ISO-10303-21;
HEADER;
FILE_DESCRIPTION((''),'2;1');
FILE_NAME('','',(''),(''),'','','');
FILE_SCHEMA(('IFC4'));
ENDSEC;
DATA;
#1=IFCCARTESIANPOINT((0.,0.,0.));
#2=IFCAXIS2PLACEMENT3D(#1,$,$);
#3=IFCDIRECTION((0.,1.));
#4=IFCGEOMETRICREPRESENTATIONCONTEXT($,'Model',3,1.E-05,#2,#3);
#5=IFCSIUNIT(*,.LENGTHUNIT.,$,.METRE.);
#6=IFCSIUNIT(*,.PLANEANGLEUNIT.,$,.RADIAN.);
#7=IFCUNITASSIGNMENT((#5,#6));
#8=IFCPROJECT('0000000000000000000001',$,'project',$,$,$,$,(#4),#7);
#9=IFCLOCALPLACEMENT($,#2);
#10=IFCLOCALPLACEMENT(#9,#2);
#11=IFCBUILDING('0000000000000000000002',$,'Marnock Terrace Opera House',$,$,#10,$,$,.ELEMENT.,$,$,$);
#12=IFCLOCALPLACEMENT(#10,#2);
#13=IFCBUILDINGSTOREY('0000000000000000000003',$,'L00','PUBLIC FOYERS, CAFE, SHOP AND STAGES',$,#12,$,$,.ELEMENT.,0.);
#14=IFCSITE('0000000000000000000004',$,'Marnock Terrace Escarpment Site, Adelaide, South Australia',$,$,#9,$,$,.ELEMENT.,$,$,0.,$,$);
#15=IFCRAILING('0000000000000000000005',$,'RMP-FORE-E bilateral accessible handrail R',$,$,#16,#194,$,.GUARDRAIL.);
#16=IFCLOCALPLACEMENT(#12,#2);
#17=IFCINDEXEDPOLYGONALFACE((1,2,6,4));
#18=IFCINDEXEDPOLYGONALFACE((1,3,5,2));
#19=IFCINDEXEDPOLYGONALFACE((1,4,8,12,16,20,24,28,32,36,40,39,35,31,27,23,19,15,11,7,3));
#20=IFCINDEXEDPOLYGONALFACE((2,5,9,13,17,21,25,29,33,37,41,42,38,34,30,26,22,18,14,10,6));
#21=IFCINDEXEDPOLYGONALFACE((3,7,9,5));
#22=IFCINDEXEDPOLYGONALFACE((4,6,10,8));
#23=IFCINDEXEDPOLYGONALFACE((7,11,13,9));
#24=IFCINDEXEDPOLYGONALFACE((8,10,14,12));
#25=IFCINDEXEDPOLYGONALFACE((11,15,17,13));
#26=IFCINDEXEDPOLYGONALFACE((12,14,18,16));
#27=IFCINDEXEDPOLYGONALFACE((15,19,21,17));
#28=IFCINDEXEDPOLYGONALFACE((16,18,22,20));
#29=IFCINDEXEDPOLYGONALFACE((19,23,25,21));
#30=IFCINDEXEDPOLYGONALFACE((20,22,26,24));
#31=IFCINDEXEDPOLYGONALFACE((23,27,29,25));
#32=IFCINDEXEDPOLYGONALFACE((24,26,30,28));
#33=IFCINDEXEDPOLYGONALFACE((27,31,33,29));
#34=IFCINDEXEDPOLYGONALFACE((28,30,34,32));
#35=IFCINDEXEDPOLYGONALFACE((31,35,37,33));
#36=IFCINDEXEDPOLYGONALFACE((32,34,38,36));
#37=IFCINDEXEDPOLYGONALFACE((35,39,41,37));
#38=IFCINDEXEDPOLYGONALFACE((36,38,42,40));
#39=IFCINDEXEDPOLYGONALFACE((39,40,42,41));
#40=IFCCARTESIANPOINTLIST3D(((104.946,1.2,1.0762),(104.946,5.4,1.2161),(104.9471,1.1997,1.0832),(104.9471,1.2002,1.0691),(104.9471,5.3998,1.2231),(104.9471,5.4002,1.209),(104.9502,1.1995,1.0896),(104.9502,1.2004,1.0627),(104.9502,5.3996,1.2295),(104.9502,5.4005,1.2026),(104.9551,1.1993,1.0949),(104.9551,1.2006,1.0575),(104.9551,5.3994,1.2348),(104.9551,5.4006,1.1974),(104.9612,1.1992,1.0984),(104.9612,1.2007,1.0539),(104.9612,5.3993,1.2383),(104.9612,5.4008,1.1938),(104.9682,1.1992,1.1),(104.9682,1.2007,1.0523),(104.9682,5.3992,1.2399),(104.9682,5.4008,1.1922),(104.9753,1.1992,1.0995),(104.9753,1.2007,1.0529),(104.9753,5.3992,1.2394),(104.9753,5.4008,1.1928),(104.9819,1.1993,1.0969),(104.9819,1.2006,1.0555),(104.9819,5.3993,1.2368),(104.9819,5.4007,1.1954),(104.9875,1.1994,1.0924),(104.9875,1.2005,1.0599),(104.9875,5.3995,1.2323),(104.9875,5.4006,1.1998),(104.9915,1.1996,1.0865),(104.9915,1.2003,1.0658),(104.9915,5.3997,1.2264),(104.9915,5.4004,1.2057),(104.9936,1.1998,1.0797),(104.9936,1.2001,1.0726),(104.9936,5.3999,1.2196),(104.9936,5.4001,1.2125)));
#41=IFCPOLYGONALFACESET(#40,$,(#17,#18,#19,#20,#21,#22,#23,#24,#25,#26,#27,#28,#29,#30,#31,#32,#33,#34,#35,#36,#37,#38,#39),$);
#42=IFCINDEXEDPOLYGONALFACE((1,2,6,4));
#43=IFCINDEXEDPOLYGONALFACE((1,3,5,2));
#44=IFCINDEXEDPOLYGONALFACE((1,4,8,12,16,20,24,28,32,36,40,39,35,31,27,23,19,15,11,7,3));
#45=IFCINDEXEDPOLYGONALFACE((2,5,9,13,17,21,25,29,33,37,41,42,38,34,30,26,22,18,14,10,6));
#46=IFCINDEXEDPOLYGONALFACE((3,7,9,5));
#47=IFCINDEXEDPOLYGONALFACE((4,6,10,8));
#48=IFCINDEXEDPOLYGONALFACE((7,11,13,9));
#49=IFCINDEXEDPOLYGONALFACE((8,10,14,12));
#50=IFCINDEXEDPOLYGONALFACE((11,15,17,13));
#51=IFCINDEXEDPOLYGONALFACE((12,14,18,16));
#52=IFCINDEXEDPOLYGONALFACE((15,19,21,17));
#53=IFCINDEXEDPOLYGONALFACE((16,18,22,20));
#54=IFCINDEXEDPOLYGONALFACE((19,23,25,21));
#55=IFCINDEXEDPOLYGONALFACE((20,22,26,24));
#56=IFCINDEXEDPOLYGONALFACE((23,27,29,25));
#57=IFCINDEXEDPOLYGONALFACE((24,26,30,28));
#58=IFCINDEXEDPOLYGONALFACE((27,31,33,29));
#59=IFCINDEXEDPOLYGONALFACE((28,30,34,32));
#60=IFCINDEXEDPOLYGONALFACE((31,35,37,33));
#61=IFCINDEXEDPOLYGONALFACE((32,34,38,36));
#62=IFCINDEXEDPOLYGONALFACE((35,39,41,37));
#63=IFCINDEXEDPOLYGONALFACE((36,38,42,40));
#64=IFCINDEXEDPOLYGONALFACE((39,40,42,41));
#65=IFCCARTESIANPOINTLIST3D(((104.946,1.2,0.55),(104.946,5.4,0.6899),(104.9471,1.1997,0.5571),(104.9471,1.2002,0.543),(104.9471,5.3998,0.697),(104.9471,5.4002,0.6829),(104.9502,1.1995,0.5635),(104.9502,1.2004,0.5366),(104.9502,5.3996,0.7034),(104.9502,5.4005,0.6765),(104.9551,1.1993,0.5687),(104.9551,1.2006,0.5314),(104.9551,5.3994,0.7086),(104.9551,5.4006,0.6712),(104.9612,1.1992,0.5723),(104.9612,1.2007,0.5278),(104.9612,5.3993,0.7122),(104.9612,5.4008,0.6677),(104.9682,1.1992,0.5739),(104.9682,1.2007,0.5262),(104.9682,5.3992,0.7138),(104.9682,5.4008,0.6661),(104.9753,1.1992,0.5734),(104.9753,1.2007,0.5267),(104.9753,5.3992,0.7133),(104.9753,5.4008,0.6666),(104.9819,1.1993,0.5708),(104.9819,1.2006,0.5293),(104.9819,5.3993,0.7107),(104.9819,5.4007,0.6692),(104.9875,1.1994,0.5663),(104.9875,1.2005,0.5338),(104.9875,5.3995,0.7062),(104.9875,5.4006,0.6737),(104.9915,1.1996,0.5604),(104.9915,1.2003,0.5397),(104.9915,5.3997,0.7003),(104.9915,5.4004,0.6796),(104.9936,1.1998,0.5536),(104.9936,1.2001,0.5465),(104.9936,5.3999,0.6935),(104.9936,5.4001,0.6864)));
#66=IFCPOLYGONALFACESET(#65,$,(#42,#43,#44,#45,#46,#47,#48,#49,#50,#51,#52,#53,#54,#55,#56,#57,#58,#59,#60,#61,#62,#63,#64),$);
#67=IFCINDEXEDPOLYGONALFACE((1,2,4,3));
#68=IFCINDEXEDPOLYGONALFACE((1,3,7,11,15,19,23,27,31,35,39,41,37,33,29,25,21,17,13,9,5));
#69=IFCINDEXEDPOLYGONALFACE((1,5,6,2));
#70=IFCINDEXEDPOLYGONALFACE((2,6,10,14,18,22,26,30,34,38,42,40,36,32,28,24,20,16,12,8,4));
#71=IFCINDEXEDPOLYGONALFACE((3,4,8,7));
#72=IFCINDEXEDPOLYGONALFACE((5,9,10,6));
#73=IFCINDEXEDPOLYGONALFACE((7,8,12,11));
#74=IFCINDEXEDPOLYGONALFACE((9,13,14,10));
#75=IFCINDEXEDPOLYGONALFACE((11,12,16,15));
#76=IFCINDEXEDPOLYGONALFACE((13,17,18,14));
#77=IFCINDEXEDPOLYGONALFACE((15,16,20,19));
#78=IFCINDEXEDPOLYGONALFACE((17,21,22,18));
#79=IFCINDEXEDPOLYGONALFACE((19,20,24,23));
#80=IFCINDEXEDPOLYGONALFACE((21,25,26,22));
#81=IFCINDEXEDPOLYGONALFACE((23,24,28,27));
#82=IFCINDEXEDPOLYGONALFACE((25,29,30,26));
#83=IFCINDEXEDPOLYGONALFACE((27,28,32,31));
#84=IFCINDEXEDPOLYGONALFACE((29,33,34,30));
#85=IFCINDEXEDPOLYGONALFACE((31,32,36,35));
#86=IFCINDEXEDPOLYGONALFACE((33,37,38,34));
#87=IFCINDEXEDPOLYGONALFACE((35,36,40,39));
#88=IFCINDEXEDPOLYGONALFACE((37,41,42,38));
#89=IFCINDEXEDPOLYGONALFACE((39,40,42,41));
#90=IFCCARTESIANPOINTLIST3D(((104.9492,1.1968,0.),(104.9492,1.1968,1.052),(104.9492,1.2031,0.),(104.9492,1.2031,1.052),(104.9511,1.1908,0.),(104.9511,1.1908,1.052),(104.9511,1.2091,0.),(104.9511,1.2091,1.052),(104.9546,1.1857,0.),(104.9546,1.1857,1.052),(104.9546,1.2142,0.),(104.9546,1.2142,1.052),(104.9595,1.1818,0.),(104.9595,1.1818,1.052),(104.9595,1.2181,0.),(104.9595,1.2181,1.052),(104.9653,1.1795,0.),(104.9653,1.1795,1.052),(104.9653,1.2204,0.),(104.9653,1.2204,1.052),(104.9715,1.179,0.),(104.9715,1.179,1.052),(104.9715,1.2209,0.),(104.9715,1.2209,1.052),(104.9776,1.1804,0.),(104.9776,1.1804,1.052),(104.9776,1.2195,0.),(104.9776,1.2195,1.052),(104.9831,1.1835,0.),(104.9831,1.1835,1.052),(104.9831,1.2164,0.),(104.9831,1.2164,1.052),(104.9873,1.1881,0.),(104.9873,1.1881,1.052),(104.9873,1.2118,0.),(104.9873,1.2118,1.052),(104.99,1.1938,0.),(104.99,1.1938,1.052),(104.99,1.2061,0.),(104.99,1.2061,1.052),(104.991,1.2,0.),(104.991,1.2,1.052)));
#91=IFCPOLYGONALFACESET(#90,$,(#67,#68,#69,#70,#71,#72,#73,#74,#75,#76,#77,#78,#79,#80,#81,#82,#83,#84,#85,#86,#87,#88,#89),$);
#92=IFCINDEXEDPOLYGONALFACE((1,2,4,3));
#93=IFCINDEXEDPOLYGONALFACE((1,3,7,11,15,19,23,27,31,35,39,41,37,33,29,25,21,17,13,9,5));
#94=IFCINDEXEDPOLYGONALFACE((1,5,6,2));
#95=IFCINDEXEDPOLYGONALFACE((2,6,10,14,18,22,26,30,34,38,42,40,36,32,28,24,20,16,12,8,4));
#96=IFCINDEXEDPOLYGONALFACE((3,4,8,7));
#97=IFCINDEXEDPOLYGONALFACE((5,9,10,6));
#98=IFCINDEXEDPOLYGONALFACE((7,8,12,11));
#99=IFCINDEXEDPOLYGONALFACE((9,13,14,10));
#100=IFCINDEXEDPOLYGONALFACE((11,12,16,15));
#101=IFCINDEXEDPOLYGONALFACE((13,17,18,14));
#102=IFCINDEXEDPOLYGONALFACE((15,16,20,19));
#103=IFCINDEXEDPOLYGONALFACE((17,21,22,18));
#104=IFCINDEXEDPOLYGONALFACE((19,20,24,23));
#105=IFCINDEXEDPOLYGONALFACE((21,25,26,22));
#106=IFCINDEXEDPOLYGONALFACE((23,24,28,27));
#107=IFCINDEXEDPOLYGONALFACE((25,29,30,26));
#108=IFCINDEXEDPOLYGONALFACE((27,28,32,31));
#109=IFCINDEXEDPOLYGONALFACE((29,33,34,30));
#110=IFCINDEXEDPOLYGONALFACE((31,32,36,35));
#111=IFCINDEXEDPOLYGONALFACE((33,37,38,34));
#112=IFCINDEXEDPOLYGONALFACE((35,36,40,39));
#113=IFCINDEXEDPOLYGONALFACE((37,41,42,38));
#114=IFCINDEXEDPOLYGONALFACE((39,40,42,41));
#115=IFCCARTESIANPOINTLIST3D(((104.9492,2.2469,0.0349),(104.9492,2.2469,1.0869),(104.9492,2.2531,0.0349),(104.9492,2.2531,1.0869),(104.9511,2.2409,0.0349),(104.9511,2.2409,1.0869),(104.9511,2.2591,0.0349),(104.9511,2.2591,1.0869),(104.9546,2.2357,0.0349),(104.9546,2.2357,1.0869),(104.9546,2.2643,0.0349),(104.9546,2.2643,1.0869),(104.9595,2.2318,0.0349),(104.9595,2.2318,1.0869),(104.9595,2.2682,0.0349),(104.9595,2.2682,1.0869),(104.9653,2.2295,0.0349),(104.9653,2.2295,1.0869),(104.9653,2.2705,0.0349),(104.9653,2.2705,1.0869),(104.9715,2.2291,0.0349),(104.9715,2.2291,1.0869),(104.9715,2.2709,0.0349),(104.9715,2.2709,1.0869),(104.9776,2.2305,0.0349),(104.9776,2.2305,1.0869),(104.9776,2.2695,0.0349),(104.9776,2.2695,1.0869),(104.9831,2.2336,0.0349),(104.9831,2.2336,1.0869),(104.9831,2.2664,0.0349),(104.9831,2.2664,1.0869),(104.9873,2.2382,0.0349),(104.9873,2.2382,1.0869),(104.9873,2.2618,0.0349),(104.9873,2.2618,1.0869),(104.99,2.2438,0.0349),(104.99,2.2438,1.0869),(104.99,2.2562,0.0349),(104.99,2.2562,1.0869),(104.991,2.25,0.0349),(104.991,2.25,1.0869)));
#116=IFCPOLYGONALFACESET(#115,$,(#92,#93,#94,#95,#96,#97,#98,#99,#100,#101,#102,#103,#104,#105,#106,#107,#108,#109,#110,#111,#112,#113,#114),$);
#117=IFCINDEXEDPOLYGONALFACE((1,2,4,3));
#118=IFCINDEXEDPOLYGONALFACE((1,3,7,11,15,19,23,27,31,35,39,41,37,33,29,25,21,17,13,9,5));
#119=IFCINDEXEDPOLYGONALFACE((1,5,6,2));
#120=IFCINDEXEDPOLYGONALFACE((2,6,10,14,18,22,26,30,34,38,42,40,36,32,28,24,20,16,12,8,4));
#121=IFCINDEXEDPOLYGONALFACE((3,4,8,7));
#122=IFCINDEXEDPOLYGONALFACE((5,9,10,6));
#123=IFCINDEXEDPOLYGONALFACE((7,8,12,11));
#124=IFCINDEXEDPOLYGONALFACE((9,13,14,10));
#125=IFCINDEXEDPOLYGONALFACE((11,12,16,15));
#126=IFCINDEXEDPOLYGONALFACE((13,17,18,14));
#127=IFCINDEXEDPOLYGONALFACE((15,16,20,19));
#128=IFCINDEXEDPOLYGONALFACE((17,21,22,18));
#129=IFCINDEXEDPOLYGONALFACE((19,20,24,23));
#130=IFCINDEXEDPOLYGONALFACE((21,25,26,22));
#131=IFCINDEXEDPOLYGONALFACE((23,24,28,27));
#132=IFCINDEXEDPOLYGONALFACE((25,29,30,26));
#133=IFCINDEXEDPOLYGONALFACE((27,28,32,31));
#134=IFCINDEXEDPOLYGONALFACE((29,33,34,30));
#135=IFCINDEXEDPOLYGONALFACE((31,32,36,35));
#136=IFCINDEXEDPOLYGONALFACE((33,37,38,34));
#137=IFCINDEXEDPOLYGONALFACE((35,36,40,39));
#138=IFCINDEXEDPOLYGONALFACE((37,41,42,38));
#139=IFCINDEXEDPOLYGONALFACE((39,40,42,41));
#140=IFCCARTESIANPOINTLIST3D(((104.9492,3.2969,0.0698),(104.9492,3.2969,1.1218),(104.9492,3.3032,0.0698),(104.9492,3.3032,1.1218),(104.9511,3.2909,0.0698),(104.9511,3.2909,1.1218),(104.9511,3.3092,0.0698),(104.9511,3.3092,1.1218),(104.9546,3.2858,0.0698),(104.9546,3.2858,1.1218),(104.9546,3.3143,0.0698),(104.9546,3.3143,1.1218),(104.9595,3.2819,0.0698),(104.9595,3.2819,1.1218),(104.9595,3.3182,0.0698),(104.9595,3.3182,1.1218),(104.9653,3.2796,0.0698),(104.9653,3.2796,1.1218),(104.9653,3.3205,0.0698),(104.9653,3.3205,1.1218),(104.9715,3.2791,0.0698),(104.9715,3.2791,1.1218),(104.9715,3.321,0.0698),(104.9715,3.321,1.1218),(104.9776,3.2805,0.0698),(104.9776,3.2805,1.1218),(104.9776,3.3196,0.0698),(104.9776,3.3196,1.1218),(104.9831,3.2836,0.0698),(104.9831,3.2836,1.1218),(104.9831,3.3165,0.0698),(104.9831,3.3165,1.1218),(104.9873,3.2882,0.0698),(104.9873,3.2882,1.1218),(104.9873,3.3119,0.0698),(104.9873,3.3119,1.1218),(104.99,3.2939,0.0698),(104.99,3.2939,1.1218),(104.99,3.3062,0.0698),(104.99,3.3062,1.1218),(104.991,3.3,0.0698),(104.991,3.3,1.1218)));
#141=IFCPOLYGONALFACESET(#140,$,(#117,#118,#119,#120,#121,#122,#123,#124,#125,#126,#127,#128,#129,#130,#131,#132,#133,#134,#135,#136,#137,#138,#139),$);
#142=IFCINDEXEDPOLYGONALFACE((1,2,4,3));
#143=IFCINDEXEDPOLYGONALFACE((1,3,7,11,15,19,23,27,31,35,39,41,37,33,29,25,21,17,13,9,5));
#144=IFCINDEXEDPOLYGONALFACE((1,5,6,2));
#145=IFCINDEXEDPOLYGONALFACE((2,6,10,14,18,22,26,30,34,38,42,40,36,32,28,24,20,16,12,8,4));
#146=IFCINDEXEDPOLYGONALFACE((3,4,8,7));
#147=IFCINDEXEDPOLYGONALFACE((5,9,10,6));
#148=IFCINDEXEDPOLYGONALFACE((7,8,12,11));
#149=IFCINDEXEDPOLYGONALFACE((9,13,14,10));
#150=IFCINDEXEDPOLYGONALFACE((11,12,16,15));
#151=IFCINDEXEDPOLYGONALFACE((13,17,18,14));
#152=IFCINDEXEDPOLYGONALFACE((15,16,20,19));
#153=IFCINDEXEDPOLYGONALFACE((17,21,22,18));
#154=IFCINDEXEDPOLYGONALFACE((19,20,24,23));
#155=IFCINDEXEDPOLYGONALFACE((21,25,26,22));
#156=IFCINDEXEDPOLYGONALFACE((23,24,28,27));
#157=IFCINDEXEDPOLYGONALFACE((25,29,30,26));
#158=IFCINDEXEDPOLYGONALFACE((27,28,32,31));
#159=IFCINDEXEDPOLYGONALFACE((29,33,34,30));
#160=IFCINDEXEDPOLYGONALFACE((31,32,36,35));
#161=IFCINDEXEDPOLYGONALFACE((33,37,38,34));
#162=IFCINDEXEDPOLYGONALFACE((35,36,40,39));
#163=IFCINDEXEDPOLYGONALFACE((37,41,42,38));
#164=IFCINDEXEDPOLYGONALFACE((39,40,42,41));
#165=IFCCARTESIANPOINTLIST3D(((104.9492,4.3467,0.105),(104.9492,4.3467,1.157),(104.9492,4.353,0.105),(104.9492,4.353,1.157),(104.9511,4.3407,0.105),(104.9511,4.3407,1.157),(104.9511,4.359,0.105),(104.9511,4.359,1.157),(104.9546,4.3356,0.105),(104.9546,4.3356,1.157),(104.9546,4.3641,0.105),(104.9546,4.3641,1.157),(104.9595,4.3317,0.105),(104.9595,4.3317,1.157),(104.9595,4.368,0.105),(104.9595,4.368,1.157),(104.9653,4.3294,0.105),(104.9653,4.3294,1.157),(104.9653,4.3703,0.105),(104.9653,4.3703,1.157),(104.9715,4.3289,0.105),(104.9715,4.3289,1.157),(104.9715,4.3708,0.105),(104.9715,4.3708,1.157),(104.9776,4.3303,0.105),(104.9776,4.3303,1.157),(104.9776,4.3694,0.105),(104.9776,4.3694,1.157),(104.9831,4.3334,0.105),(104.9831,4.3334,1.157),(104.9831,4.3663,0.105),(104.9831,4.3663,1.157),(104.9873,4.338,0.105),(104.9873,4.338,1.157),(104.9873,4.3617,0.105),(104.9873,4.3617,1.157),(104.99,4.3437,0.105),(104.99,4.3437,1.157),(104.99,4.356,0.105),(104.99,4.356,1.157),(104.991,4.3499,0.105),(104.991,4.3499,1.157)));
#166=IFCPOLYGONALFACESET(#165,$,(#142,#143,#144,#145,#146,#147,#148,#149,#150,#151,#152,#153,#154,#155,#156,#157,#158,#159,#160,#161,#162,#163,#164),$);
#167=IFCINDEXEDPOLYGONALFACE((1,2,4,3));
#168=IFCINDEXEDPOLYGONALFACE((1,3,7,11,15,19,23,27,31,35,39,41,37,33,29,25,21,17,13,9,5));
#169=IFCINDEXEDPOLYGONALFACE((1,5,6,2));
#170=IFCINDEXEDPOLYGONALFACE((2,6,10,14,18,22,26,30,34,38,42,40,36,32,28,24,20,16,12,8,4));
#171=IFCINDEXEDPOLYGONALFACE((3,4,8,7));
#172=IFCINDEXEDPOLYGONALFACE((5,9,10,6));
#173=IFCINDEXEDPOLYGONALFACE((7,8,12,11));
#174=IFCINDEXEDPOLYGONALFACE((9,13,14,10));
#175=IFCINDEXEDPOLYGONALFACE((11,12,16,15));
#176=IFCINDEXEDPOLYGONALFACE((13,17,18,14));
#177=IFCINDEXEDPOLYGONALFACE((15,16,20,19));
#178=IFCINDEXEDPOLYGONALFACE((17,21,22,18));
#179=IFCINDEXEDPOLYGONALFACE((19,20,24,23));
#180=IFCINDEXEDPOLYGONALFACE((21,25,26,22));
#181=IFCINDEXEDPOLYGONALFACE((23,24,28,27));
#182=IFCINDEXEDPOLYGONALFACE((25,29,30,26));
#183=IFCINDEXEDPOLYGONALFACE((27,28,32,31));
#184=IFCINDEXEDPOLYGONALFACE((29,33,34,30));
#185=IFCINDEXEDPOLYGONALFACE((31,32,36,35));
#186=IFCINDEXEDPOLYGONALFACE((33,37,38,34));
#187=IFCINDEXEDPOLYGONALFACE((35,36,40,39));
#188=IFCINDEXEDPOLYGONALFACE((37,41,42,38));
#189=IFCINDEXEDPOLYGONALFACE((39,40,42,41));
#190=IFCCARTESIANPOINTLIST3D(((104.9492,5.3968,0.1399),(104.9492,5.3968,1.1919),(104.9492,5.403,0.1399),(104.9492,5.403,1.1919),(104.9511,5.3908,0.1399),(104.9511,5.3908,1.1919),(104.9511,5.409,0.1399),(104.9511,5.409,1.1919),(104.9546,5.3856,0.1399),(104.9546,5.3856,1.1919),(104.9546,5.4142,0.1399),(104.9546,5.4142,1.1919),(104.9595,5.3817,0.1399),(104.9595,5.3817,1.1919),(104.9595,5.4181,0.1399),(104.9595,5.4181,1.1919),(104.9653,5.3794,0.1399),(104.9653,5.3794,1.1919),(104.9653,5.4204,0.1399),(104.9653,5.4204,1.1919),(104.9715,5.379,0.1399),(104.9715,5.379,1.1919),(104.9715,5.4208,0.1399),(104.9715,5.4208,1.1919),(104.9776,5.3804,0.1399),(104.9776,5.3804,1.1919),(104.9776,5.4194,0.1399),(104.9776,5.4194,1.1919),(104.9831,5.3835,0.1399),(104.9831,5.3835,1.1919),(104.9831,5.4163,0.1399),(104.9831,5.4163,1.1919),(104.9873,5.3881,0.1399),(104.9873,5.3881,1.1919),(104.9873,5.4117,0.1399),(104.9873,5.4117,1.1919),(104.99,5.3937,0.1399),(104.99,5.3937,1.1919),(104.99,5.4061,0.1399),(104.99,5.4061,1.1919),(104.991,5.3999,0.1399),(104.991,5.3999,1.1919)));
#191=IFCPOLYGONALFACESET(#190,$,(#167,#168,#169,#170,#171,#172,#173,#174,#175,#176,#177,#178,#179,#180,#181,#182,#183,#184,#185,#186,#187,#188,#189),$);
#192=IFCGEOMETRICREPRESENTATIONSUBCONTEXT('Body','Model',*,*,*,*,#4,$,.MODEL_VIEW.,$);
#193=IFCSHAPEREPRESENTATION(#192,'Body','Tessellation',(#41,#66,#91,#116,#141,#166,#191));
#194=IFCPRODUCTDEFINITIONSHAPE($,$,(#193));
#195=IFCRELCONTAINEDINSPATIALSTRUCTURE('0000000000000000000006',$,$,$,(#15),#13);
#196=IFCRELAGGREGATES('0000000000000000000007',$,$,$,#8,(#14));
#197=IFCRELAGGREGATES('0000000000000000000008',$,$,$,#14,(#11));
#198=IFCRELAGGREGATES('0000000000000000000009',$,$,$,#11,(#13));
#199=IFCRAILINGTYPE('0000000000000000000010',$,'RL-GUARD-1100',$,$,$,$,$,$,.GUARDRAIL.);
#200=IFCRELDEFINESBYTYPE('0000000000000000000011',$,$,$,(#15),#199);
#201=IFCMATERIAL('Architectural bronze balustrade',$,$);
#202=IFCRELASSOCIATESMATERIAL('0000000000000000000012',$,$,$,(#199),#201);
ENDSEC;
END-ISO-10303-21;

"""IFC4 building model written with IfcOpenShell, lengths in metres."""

from ifc_helpers import new_model, si_unit, direction, frame, origin, origin_2d, place, context, subcontext, project, spatial, circle, extrude, material, type_object, element, save


model = new_model("IFC4")

# Units and contexts
model_context = context("Model", 3, precision=1e-05, world=origin(), true_north=direction((0.0, 1.0)))
body_context = subcontext(model_context, "Body", "Model", "MODEL_VIEW")
ifc_project = project(units=[si_unit("LENGTHUNIT", "METRE"), si_unit("PLANEANGLEUNIT", "RADIAN")], contexts=[model_context])

# Site, building, storey
site_placement = place(None, origin())
site = spatial("IfcSite", under=ifc_project, at=site_placement, Name="Marnock Terrace Escarpment Site, Adelaide, South Australia", CompositionType="ELEMENT", RefElevation=0.0)
building_placement = place(site_placement, origin())
building = spatial("IfcBuilding", under=site, at=building_placement, Name="Marnock Terrace Opera House", CompositionType="ELEMENT")
storey_placement = place(building_placement, origin())
storey = spatial("IfcBuildingStorey", under=building, at=storey_placement, Name="L00", Description="PUBLIC FOYERS, CAFE, SHOP AND STAGES", CompositionType="ELEMENT", Elevation=0.0)

# Railing
ifc_material_1 = material(Name="Architectural bronze balustrade")
railing_type = type_object("IfcRailingType", Name="RL-GUARD-1100", PredefinedType="GUARDRAIL", material=ifc_material_1)
for number, where, name in (
    (1, (104.97, 1.2, 0.0), "RMP-FORE-E bilateral accessible handrail R"),
):
    element("IfcRailing", number, at=place(storey_placement, frame(where)), inside=storey, type_object=railing_type, Name=name, PredefinedType="GUARDRAIL", context=body_context, shape_type="SweptSolid", body=[
        extrude(circle(Radius=0.0239, at=origin_2d()), frame((0.0, 0.0, 1.0762), z_axis=(0.0, 0.999446, 0.03329), x_axis=(-1.0, 0.0, 0.0)), (0.0, 0.0, 1.0), 4.2024),
        extrude(circle(Radius=0.0239, at=origin_2d()), frame((0.0, 0.0, 0.55), z_axis=(0.0, 0.999446, 0.03329), x_axis=(-1.0, 0.0, 0.0)), (0.0, 0.0, 1.0), 4.2024),
        extrude(circle(Radius=0.021, at=origin_2d()), origin(), (0.0, 0.0, 1.0), 1.052),
        extrude(circle(Radius=0.021, at=origin_2d()), frame((0.0, 1.05, 0.0349)), (0.0, 0.0, 1.0), 1.052),
        extrude(circle(Radius=0.021, at=origin_2d()), frame((0.0, 2.1001, 0.0698)), (0.0, 0.0, 1.0), 1.052),
        extrude(circle(Radius=0.021, at=origin_2d()), frame((0.0, 3.1499, 0.105)), (0.0, 0.0, 1.0), 1.052),
        extrude(circle(Radius=0.021, at=origin_2d()), frame((0.0, 4.2, 0.1399)), (0.0, 0.0, 1.0), 1.052),
    ])

save(model, "model.ifc")
